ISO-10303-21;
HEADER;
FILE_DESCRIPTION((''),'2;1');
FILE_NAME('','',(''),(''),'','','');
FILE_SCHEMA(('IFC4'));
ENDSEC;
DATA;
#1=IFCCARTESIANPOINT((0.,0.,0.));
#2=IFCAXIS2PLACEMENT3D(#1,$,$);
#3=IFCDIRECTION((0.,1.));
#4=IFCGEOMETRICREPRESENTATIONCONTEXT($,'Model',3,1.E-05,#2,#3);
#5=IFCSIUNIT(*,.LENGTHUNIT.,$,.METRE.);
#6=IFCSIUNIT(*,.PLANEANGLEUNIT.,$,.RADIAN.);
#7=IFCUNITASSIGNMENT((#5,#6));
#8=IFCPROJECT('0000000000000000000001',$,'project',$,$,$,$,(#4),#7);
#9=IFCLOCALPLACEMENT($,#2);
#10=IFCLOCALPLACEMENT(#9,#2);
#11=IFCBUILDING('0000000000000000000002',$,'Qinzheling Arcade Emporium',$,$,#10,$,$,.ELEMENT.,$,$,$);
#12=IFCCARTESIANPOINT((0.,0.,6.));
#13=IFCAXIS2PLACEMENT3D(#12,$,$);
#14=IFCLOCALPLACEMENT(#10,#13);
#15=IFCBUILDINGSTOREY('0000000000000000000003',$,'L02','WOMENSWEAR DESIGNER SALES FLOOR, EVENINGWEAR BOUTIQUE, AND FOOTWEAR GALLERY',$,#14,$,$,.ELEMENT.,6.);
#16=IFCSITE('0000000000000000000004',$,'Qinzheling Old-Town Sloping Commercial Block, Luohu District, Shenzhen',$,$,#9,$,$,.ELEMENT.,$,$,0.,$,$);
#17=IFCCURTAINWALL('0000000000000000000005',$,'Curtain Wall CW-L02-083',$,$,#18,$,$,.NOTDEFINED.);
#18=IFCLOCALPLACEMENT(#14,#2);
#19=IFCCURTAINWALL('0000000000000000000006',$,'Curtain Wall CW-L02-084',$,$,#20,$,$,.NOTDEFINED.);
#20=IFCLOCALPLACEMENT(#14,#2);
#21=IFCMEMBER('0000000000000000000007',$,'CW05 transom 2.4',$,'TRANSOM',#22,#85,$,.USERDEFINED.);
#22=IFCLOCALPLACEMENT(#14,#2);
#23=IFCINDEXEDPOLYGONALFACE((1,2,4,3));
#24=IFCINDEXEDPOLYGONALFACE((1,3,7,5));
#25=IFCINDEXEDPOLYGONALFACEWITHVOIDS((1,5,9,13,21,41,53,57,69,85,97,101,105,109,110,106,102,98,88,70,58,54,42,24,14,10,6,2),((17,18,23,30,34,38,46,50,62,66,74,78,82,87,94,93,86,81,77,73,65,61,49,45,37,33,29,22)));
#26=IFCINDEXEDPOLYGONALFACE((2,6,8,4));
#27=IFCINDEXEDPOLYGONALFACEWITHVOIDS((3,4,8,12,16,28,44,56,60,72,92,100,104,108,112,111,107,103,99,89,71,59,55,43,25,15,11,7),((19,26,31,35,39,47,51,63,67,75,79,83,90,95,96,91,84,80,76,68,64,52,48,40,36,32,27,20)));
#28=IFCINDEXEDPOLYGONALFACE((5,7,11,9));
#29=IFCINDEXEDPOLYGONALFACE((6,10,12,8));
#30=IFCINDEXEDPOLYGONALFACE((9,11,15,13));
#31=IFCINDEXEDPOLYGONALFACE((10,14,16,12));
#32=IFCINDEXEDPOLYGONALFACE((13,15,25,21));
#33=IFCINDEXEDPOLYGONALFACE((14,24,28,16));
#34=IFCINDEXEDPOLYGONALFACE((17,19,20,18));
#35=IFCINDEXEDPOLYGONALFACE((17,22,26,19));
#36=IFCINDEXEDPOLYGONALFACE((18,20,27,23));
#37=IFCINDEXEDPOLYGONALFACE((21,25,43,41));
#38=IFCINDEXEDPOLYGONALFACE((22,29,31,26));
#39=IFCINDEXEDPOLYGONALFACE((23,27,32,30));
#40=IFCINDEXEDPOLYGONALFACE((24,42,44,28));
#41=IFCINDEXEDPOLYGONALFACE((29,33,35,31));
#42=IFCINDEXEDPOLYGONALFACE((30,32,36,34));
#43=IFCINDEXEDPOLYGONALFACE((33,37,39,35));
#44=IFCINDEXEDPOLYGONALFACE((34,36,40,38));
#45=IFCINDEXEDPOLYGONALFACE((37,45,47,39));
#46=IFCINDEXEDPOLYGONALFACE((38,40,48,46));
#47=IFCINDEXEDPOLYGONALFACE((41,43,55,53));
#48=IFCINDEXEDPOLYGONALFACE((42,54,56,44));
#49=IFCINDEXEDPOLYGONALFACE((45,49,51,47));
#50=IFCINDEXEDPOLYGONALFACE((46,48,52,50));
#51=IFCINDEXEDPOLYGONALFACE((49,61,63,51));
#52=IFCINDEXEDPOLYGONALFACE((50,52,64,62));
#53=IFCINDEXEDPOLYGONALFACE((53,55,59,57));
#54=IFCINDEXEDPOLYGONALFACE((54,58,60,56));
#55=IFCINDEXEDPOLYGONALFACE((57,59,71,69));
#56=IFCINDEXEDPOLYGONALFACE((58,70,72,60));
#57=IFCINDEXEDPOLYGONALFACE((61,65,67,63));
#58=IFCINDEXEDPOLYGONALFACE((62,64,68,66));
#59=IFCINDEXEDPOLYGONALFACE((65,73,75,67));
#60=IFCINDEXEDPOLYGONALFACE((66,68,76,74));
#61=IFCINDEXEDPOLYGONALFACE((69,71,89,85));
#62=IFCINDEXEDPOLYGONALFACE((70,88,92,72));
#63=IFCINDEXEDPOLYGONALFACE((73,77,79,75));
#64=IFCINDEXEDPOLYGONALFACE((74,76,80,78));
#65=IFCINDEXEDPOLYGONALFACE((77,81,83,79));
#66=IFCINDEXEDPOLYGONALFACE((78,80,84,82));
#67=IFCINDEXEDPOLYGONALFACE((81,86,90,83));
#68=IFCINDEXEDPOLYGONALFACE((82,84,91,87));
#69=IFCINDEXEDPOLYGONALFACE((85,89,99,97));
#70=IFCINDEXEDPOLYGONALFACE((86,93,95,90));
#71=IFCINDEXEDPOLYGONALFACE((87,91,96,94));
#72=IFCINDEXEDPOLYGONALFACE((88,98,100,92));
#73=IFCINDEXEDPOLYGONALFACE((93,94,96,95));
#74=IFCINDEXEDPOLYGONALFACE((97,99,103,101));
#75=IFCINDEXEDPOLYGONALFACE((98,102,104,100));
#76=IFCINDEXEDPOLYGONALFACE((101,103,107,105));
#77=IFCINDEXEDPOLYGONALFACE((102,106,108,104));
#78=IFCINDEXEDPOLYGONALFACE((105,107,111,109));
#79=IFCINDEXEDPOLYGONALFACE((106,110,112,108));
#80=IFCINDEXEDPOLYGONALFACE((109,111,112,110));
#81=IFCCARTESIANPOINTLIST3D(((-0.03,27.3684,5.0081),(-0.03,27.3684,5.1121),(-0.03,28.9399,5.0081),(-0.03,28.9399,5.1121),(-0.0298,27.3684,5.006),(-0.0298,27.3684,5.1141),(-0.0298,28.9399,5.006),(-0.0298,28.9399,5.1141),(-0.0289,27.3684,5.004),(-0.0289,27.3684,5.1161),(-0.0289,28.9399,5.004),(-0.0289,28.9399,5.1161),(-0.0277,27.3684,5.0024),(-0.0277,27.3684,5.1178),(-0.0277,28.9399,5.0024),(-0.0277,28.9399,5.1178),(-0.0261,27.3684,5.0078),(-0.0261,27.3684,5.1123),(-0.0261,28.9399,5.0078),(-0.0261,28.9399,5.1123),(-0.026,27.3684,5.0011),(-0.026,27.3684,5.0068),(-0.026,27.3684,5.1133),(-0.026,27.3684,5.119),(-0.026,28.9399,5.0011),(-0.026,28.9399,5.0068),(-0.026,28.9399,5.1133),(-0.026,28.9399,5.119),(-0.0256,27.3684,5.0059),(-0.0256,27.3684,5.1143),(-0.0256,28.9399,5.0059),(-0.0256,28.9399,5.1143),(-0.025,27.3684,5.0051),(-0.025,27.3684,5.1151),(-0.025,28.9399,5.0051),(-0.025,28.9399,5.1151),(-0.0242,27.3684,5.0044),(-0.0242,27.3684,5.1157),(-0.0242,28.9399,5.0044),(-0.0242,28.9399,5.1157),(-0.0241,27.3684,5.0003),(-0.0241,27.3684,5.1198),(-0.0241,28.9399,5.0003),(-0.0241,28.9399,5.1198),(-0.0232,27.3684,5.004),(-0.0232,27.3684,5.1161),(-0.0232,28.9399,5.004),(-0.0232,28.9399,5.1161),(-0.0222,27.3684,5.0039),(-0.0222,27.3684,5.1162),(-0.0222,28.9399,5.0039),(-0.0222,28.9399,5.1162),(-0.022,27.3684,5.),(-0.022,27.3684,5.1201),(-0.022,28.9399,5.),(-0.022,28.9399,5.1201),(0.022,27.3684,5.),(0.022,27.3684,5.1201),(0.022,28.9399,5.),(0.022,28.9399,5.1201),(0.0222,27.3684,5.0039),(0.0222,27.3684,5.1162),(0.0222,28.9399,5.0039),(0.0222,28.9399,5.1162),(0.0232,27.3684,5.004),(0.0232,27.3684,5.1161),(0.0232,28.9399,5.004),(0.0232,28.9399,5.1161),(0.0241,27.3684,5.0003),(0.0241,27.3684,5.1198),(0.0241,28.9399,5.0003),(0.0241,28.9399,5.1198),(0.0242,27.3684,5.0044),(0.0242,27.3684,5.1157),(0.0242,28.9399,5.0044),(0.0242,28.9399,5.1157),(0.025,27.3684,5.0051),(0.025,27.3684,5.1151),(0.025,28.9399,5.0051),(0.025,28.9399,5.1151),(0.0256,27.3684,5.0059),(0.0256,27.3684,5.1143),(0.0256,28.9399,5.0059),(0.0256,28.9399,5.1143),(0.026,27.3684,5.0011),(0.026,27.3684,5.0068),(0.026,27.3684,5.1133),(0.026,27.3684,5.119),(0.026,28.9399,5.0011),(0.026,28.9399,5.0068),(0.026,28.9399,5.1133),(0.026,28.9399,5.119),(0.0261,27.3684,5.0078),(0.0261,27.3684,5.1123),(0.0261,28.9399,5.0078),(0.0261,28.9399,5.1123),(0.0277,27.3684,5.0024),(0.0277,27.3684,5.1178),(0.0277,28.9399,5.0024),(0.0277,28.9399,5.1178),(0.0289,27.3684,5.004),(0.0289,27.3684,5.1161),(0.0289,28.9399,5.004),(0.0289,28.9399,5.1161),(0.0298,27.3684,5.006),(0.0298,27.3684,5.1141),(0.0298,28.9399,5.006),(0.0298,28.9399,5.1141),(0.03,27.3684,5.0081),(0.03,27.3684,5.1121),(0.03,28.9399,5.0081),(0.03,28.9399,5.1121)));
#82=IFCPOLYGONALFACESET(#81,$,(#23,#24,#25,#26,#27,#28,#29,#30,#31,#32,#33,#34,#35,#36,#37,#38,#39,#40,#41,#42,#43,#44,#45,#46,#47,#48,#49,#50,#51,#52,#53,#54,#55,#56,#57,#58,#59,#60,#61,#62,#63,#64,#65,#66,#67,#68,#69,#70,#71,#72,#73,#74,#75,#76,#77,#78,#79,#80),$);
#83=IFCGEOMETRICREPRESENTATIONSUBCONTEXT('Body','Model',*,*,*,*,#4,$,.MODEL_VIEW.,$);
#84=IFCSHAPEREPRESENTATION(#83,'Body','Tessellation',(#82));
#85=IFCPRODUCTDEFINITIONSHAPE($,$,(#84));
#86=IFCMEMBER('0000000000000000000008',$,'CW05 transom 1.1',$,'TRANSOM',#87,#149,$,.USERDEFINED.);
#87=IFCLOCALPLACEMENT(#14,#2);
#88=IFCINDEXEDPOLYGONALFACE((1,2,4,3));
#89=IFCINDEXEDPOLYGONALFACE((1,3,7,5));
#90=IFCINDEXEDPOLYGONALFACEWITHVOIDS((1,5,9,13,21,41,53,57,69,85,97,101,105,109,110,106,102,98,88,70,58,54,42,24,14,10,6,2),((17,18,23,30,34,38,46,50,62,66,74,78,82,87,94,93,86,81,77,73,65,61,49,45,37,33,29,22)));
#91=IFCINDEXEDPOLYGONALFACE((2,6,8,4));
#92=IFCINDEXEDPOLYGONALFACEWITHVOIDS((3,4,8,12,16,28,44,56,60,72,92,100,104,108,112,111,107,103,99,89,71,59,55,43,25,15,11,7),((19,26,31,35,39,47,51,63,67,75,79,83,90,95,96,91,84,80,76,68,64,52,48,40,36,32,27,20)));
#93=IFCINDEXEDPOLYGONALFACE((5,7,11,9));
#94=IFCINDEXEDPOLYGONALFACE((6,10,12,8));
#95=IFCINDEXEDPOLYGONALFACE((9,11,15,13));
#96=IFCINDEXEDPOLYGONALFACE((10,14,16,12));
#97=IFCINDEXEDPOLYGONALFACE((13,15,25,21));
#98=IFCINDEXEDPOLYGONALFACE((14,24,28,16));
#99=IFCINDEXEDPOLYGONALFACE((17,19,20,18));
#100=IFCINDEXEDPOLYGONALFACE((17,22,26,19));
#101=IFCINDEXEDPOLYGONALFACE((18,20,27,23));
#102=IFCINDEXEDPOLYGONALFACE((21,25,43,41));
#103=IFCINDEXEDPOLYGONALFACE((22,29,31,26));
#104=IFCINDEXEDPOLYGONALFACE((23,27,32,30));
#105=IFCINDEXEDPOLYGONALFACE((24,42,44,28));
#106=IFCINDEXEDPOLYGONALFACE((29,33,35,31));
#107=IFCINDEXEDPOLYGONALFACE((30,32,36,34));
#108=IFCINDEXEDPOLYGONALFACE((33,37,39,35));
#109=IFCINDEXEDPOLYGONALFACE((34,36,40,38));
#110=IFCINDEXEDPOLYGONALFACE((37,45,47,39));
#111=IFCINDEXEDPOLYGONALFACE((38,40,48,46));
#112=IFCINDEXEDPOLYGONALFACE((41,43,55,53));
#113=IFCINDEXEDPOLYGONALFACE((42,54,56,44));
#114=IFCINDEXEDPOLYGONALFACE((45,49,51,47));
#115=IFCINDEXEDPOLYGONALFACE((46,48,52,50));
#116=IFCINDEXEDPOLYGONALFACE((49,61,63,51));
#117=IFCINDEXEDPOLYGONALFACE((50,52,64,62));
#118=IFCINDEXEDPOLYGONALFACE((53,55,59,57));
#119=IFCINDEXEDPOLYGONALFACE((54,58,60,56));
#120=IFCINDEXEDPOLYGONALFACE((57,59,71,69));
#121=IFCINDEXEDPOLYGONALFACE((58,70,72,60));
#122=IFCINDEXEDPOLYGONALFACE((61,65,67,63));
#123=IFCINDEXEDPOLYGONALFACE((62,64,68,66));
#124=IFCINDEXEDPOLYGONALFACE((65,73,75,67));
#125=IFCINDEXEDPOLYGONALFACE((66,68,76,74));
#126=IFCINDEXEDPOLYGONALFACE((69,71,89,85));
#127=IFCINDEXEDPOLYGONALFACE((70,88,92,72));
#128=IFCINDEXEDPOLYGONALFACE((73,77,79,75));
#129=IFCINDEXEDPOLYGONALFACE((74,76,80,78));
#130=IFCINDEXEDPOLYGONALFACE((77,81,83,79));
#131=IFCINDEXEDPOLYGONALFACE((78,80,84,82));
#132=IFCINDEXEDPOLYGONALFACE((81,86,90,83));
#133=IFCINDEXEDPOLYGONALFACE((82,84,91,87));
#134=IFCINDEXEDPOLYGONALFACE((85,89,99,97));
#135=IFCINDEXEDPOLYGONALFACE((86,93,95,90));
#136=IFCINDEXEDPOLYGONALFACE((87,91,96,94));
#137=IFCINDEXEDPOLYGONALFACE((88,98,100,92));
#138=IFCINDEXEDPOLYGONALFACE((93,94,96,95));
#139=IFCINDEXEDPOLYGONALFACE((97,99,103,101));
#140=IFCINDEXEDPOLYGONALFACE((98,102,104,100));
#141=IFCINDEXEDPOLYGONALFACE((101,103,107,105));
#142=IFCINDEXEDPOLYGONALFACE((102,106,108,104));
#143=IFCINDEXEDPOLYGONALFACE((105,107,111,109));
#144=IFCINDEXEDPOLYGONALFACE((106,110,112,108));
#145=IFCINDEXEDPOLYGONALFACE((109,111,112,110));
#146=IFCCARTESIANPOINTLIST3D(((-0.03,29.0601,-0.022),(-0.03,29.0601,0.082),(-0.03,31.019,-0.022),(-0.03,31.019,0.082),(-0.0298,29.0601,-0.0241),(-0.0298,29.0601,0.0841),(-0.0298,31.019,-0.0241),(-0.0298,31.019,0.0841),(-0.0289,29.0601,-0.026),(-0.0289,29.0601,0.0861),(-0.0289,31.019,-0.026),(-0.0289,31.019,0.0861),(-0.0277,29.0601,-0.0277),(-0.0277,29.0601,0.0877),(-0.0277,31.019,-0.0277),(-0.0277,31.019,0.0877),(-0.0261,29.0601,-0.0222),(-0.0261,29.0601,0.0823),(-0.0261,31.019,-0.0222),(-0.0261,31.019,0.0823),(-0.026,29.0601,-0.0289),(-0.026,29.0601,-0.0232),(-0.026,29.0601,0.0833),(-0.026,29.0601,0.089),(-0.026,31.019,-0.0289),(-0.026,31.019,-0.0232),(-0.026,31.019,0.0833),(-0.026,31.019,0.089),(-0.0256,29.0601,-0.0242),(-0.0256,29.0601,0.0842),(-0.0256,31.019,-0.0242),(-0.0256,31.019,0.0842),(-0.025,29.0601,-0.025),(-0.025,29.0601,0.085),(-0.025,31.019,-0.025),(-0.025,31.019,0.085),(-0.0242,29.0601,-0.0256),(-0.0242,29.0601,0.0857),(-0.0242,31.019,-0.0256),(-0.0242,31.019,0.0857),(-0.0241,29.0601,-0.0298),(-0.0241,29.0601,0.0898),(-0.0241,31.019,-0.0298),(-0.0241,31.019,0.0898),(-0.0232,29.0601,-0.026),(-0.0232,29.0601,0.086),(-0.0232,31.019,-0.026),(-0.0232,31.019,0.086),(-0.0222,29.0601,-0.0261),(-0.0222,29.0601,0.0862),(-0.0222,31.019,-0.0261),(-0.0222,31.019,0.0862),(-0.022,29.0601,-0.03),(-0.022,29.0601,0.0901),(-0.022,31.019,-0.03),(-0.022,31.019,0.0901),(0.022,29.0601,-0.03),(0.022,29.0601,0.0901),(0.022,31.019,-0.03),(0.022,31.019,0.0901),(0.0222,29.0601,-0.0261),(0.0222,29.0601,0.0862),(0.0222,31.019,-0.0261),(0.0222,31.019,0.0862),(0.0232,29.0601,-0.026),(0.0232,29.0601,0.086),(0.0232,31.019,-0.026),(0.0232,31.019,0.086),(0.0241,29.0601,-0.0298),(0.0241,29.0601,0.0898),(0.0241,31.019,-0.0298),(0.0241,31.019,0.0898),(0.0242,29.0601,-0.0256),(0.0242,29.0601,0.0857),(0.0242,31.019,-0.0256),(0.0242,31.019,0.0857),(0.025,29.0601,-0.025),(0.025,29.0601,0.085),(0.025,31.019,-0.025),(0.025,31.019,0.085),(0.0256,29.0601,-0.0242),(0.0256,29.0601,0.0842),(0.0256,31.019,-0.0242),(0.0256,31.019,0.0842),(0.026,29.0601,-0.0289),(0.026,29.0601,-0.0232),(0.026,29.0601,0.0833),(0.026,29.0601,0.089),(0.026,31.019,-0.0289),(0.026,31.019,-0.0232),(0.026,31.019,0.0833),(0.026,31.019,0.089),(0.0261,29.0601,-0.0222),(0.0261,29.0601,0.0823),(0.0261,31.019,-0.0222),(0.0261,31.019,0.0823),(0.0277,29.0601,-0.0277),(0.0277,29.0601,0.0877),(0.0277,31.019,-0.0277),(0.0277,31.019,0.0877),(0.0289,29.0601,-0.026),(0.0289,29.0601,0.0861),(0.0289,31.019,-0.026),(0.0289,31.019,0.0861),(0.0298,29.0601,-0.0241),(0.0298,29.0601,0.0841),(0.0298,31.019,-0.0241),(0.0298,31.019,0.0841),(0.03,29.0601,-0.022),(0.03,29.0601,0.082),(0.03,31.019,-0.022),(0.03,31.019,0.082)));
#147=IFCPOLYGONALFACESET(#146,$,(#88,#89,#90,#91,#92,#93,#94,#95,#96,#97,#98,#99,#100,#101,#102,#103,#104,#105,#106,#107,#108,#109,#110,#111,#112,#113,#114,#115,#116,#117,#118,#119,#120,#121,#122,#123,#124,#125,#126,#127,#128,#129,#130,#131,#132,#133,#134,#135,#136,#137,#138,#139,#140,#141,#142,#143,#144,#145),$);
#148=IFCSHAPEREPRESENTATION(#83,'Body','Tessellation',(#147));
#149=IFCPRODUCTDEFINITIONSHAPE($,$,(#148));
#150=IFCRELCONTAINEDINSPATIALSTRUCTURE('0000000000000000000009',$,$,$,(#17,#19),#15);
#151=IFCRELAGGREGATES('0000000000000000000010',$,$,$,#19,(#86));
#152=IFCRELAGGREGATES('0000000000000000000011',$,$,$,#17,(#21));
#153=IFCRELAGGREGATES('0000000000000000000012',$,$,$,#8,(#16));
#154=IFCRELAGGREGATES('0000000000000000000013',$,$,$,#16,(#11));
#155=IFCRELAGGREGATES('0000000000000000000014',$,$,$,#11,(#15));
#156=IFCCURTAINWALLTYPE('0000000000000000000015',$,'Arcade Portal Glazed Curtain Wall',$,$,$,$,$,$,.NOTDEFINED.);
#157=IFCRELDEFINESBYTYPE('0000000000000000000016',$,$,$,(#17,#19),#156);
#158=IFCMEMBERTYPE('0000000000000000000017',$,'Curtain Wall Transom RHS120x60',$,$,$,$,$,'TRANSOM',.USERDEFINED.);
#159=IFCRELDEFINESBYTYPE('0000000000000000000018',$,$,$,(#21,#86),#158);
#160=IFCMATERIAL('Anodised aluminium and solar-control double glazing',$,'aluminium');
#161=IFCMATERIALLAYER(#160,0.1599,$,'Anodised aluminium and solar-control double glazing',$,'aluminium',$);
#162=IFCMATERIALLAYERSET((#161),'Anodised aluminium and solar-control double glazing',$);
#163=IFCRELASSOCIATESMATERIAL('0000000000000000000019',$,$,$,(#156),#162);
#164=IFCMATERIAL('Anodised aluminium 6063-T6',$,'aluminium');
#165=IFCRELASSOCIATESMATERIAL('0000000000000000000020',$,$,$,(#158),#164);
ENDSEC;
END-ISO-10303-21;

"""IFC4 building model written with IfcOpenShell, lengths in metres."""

from ifc_helpers import new_model, si_unit, direction, frame, origin, origin_2d, place, context, subcontext, project, spatial, hollow_rectangle, extrude, material, layer, layer_set, material_profile, profile_set, type_object, element, aggregate, save


model = new_model("IFC4")

# Units and contexts
model_context = context("Model", 3, precision=1e-05, world=origin(), true_north=direction((0.0, 1.0)))
body_context = subcontext(model_context, "Body", "Model", "MODEL_VIEW")
ifc_project = project(units=[si_unit("LENGTHUNIT", "METRE"), si_unit("PLANEANGLEUNIT", "RADIAN")], contexts=[model_context])

# Site, building, storey
site_placement = place(None, origin())
site = spatial("IfcSite", under=ifc_project, at=site_placement, Name="Qinzheling Old-Town Sloping Commercial Block, Luohu District, Shenzhen", CompositionType="ELEMENT", RefElevation=0.0)
building_placement = place(site_placement, origin())
building = spatial("IfcBuilding", under=site, at=building_placement, Name="Qinzheling Arcade Emporium", CompositionType="ELEMENT")
storey_placement = place(building_placement, frame((0.0, 0.0, 6.0)))
storey = spatial("IfcBuildingStorey", under=building, at=storey_placement, Name="L02", Description="WOMENSWEAR DESIGNER SALES FLOOR, EVENINGWEAR BOUTIQUE, AND FOOTWEAR GALLERY", CompositionType="ELEMENT", Elevation=6.0)

# Curtain wall
ifc_material_1 = material(Name="Anodised aluminium and solar-control double glazing", Category="aluminium")
ifc_layer_1 = layer(ifc_material_1, 0.1599, Name="Anodised aluminium and solar-control double glazing", Category="aluminium")
ifc_layer_set_1 = layer_set([ifc_layer_1], Name="Anodised aluminium and solar-control double glazing")
curtain_wall_type = type_object("IfcCurtainWallType", Name="Arcade Portal Glazed Curtain Wall", PredefinedType="NOTDEFINED", material=ifc_layer_set_1)
curtain_wall_1_placement = place(storey_placement, origin())
curtain_wall_1 = element("IfcCurtainWall", 1, at=curtain_wall_1_placement, inside=storey, type_object=curtain_wall_type, Name="Curtain Wall CW-L02-083", PredefinedType="NOTDEFINED")
ifc_material_2 = material(Name="Anodised aluminium 6063-T6", Category="aluminium")

# Curtain wall
curtain_wall_2_placement = place(storey_placement, origin())
curtain_wall_2 = element("IfcCurtainWall", 2, at=curtain_wall_2_placement, inside=storey, type_object=curtain_wall_type, Name="Curtain Wall CW-L02-084", PredefinedType="NOTDEFINED")

# Members
ifc_material_profile_1 = material_profile(ifc_material_2, hollow_rectangle(XDim=0.0601, YDim=0.1201, WallThickness=0.0039, InnerFilletRadius=0.0039, OuterFilletRadius=0.0081, at=origin_2d()), Name="RHS 120x60x4", Category="aluminium")
ifc_profile_set_1 = profile_set([ifc_material_profile_1], Name="Anodised aluminium 6063-T6")
member_type_1 = type_object("IfcMemberType", Name="Curtain Wall Transom RHS120x60", ElementType="TRANSOM", PredefinedType="USERDEFINED", material=ifc_profile_set_1)
member_1_placement = place(storey_placement, frame((0.0, 27.3684, 5.0601), z_axis=(0.0, 1.0, 0.0), x_axis=(-1.0, 0.0, 0.0)))
member_1 = element("IfcMember", 3, at=member_1_placement, type_object=member_type_1, Name="CW05 transom 2.4", ObjectType="TRANSOM", PredefinedType="USERDEFINED", context=body_context, shape_type="SweptSolid", body=[
    extrude(hollow_rectangle(XDim=0.0601, YDim=0.1201, WallThickness=0.0039, InnerFilletRadius=0.0039, OuterFilletRadius=0.0081, at=origin_2d()), origin(), (0.0, 0.0, 1.0), 1.5715),
])
member_2_placement = place(storey_placement, frame((0.0, 29.0601, 0.03), z_axis=(0.0, 1.0, 0.0), x_axis=(-1.0, 0.0, 0.0)))
member_2 = element("IfcMember", 4, at=member_2_placement, type_object=member_type_1, Name="CW05 transom 1.1", ObjectType="TRANSOM", PredefinedType="USERDEFINED", context=body_context, shape_type="SweptSolid", body=[
    extrude(hollow_rectangle(XDim=0.0601, YDim=0.1201, WallThickness=0.0039, InnerFilletRadius=0.0039, OuterFilletRadius=0.0081, at=origin_2d()), origin(), (0.0, 0.0, 1.0), 1.959),
])
aggregate(curtain_wall_2, [member_2])

aggregate(curtain_wall_1, [member_1])

save(model, "model.ifc")
